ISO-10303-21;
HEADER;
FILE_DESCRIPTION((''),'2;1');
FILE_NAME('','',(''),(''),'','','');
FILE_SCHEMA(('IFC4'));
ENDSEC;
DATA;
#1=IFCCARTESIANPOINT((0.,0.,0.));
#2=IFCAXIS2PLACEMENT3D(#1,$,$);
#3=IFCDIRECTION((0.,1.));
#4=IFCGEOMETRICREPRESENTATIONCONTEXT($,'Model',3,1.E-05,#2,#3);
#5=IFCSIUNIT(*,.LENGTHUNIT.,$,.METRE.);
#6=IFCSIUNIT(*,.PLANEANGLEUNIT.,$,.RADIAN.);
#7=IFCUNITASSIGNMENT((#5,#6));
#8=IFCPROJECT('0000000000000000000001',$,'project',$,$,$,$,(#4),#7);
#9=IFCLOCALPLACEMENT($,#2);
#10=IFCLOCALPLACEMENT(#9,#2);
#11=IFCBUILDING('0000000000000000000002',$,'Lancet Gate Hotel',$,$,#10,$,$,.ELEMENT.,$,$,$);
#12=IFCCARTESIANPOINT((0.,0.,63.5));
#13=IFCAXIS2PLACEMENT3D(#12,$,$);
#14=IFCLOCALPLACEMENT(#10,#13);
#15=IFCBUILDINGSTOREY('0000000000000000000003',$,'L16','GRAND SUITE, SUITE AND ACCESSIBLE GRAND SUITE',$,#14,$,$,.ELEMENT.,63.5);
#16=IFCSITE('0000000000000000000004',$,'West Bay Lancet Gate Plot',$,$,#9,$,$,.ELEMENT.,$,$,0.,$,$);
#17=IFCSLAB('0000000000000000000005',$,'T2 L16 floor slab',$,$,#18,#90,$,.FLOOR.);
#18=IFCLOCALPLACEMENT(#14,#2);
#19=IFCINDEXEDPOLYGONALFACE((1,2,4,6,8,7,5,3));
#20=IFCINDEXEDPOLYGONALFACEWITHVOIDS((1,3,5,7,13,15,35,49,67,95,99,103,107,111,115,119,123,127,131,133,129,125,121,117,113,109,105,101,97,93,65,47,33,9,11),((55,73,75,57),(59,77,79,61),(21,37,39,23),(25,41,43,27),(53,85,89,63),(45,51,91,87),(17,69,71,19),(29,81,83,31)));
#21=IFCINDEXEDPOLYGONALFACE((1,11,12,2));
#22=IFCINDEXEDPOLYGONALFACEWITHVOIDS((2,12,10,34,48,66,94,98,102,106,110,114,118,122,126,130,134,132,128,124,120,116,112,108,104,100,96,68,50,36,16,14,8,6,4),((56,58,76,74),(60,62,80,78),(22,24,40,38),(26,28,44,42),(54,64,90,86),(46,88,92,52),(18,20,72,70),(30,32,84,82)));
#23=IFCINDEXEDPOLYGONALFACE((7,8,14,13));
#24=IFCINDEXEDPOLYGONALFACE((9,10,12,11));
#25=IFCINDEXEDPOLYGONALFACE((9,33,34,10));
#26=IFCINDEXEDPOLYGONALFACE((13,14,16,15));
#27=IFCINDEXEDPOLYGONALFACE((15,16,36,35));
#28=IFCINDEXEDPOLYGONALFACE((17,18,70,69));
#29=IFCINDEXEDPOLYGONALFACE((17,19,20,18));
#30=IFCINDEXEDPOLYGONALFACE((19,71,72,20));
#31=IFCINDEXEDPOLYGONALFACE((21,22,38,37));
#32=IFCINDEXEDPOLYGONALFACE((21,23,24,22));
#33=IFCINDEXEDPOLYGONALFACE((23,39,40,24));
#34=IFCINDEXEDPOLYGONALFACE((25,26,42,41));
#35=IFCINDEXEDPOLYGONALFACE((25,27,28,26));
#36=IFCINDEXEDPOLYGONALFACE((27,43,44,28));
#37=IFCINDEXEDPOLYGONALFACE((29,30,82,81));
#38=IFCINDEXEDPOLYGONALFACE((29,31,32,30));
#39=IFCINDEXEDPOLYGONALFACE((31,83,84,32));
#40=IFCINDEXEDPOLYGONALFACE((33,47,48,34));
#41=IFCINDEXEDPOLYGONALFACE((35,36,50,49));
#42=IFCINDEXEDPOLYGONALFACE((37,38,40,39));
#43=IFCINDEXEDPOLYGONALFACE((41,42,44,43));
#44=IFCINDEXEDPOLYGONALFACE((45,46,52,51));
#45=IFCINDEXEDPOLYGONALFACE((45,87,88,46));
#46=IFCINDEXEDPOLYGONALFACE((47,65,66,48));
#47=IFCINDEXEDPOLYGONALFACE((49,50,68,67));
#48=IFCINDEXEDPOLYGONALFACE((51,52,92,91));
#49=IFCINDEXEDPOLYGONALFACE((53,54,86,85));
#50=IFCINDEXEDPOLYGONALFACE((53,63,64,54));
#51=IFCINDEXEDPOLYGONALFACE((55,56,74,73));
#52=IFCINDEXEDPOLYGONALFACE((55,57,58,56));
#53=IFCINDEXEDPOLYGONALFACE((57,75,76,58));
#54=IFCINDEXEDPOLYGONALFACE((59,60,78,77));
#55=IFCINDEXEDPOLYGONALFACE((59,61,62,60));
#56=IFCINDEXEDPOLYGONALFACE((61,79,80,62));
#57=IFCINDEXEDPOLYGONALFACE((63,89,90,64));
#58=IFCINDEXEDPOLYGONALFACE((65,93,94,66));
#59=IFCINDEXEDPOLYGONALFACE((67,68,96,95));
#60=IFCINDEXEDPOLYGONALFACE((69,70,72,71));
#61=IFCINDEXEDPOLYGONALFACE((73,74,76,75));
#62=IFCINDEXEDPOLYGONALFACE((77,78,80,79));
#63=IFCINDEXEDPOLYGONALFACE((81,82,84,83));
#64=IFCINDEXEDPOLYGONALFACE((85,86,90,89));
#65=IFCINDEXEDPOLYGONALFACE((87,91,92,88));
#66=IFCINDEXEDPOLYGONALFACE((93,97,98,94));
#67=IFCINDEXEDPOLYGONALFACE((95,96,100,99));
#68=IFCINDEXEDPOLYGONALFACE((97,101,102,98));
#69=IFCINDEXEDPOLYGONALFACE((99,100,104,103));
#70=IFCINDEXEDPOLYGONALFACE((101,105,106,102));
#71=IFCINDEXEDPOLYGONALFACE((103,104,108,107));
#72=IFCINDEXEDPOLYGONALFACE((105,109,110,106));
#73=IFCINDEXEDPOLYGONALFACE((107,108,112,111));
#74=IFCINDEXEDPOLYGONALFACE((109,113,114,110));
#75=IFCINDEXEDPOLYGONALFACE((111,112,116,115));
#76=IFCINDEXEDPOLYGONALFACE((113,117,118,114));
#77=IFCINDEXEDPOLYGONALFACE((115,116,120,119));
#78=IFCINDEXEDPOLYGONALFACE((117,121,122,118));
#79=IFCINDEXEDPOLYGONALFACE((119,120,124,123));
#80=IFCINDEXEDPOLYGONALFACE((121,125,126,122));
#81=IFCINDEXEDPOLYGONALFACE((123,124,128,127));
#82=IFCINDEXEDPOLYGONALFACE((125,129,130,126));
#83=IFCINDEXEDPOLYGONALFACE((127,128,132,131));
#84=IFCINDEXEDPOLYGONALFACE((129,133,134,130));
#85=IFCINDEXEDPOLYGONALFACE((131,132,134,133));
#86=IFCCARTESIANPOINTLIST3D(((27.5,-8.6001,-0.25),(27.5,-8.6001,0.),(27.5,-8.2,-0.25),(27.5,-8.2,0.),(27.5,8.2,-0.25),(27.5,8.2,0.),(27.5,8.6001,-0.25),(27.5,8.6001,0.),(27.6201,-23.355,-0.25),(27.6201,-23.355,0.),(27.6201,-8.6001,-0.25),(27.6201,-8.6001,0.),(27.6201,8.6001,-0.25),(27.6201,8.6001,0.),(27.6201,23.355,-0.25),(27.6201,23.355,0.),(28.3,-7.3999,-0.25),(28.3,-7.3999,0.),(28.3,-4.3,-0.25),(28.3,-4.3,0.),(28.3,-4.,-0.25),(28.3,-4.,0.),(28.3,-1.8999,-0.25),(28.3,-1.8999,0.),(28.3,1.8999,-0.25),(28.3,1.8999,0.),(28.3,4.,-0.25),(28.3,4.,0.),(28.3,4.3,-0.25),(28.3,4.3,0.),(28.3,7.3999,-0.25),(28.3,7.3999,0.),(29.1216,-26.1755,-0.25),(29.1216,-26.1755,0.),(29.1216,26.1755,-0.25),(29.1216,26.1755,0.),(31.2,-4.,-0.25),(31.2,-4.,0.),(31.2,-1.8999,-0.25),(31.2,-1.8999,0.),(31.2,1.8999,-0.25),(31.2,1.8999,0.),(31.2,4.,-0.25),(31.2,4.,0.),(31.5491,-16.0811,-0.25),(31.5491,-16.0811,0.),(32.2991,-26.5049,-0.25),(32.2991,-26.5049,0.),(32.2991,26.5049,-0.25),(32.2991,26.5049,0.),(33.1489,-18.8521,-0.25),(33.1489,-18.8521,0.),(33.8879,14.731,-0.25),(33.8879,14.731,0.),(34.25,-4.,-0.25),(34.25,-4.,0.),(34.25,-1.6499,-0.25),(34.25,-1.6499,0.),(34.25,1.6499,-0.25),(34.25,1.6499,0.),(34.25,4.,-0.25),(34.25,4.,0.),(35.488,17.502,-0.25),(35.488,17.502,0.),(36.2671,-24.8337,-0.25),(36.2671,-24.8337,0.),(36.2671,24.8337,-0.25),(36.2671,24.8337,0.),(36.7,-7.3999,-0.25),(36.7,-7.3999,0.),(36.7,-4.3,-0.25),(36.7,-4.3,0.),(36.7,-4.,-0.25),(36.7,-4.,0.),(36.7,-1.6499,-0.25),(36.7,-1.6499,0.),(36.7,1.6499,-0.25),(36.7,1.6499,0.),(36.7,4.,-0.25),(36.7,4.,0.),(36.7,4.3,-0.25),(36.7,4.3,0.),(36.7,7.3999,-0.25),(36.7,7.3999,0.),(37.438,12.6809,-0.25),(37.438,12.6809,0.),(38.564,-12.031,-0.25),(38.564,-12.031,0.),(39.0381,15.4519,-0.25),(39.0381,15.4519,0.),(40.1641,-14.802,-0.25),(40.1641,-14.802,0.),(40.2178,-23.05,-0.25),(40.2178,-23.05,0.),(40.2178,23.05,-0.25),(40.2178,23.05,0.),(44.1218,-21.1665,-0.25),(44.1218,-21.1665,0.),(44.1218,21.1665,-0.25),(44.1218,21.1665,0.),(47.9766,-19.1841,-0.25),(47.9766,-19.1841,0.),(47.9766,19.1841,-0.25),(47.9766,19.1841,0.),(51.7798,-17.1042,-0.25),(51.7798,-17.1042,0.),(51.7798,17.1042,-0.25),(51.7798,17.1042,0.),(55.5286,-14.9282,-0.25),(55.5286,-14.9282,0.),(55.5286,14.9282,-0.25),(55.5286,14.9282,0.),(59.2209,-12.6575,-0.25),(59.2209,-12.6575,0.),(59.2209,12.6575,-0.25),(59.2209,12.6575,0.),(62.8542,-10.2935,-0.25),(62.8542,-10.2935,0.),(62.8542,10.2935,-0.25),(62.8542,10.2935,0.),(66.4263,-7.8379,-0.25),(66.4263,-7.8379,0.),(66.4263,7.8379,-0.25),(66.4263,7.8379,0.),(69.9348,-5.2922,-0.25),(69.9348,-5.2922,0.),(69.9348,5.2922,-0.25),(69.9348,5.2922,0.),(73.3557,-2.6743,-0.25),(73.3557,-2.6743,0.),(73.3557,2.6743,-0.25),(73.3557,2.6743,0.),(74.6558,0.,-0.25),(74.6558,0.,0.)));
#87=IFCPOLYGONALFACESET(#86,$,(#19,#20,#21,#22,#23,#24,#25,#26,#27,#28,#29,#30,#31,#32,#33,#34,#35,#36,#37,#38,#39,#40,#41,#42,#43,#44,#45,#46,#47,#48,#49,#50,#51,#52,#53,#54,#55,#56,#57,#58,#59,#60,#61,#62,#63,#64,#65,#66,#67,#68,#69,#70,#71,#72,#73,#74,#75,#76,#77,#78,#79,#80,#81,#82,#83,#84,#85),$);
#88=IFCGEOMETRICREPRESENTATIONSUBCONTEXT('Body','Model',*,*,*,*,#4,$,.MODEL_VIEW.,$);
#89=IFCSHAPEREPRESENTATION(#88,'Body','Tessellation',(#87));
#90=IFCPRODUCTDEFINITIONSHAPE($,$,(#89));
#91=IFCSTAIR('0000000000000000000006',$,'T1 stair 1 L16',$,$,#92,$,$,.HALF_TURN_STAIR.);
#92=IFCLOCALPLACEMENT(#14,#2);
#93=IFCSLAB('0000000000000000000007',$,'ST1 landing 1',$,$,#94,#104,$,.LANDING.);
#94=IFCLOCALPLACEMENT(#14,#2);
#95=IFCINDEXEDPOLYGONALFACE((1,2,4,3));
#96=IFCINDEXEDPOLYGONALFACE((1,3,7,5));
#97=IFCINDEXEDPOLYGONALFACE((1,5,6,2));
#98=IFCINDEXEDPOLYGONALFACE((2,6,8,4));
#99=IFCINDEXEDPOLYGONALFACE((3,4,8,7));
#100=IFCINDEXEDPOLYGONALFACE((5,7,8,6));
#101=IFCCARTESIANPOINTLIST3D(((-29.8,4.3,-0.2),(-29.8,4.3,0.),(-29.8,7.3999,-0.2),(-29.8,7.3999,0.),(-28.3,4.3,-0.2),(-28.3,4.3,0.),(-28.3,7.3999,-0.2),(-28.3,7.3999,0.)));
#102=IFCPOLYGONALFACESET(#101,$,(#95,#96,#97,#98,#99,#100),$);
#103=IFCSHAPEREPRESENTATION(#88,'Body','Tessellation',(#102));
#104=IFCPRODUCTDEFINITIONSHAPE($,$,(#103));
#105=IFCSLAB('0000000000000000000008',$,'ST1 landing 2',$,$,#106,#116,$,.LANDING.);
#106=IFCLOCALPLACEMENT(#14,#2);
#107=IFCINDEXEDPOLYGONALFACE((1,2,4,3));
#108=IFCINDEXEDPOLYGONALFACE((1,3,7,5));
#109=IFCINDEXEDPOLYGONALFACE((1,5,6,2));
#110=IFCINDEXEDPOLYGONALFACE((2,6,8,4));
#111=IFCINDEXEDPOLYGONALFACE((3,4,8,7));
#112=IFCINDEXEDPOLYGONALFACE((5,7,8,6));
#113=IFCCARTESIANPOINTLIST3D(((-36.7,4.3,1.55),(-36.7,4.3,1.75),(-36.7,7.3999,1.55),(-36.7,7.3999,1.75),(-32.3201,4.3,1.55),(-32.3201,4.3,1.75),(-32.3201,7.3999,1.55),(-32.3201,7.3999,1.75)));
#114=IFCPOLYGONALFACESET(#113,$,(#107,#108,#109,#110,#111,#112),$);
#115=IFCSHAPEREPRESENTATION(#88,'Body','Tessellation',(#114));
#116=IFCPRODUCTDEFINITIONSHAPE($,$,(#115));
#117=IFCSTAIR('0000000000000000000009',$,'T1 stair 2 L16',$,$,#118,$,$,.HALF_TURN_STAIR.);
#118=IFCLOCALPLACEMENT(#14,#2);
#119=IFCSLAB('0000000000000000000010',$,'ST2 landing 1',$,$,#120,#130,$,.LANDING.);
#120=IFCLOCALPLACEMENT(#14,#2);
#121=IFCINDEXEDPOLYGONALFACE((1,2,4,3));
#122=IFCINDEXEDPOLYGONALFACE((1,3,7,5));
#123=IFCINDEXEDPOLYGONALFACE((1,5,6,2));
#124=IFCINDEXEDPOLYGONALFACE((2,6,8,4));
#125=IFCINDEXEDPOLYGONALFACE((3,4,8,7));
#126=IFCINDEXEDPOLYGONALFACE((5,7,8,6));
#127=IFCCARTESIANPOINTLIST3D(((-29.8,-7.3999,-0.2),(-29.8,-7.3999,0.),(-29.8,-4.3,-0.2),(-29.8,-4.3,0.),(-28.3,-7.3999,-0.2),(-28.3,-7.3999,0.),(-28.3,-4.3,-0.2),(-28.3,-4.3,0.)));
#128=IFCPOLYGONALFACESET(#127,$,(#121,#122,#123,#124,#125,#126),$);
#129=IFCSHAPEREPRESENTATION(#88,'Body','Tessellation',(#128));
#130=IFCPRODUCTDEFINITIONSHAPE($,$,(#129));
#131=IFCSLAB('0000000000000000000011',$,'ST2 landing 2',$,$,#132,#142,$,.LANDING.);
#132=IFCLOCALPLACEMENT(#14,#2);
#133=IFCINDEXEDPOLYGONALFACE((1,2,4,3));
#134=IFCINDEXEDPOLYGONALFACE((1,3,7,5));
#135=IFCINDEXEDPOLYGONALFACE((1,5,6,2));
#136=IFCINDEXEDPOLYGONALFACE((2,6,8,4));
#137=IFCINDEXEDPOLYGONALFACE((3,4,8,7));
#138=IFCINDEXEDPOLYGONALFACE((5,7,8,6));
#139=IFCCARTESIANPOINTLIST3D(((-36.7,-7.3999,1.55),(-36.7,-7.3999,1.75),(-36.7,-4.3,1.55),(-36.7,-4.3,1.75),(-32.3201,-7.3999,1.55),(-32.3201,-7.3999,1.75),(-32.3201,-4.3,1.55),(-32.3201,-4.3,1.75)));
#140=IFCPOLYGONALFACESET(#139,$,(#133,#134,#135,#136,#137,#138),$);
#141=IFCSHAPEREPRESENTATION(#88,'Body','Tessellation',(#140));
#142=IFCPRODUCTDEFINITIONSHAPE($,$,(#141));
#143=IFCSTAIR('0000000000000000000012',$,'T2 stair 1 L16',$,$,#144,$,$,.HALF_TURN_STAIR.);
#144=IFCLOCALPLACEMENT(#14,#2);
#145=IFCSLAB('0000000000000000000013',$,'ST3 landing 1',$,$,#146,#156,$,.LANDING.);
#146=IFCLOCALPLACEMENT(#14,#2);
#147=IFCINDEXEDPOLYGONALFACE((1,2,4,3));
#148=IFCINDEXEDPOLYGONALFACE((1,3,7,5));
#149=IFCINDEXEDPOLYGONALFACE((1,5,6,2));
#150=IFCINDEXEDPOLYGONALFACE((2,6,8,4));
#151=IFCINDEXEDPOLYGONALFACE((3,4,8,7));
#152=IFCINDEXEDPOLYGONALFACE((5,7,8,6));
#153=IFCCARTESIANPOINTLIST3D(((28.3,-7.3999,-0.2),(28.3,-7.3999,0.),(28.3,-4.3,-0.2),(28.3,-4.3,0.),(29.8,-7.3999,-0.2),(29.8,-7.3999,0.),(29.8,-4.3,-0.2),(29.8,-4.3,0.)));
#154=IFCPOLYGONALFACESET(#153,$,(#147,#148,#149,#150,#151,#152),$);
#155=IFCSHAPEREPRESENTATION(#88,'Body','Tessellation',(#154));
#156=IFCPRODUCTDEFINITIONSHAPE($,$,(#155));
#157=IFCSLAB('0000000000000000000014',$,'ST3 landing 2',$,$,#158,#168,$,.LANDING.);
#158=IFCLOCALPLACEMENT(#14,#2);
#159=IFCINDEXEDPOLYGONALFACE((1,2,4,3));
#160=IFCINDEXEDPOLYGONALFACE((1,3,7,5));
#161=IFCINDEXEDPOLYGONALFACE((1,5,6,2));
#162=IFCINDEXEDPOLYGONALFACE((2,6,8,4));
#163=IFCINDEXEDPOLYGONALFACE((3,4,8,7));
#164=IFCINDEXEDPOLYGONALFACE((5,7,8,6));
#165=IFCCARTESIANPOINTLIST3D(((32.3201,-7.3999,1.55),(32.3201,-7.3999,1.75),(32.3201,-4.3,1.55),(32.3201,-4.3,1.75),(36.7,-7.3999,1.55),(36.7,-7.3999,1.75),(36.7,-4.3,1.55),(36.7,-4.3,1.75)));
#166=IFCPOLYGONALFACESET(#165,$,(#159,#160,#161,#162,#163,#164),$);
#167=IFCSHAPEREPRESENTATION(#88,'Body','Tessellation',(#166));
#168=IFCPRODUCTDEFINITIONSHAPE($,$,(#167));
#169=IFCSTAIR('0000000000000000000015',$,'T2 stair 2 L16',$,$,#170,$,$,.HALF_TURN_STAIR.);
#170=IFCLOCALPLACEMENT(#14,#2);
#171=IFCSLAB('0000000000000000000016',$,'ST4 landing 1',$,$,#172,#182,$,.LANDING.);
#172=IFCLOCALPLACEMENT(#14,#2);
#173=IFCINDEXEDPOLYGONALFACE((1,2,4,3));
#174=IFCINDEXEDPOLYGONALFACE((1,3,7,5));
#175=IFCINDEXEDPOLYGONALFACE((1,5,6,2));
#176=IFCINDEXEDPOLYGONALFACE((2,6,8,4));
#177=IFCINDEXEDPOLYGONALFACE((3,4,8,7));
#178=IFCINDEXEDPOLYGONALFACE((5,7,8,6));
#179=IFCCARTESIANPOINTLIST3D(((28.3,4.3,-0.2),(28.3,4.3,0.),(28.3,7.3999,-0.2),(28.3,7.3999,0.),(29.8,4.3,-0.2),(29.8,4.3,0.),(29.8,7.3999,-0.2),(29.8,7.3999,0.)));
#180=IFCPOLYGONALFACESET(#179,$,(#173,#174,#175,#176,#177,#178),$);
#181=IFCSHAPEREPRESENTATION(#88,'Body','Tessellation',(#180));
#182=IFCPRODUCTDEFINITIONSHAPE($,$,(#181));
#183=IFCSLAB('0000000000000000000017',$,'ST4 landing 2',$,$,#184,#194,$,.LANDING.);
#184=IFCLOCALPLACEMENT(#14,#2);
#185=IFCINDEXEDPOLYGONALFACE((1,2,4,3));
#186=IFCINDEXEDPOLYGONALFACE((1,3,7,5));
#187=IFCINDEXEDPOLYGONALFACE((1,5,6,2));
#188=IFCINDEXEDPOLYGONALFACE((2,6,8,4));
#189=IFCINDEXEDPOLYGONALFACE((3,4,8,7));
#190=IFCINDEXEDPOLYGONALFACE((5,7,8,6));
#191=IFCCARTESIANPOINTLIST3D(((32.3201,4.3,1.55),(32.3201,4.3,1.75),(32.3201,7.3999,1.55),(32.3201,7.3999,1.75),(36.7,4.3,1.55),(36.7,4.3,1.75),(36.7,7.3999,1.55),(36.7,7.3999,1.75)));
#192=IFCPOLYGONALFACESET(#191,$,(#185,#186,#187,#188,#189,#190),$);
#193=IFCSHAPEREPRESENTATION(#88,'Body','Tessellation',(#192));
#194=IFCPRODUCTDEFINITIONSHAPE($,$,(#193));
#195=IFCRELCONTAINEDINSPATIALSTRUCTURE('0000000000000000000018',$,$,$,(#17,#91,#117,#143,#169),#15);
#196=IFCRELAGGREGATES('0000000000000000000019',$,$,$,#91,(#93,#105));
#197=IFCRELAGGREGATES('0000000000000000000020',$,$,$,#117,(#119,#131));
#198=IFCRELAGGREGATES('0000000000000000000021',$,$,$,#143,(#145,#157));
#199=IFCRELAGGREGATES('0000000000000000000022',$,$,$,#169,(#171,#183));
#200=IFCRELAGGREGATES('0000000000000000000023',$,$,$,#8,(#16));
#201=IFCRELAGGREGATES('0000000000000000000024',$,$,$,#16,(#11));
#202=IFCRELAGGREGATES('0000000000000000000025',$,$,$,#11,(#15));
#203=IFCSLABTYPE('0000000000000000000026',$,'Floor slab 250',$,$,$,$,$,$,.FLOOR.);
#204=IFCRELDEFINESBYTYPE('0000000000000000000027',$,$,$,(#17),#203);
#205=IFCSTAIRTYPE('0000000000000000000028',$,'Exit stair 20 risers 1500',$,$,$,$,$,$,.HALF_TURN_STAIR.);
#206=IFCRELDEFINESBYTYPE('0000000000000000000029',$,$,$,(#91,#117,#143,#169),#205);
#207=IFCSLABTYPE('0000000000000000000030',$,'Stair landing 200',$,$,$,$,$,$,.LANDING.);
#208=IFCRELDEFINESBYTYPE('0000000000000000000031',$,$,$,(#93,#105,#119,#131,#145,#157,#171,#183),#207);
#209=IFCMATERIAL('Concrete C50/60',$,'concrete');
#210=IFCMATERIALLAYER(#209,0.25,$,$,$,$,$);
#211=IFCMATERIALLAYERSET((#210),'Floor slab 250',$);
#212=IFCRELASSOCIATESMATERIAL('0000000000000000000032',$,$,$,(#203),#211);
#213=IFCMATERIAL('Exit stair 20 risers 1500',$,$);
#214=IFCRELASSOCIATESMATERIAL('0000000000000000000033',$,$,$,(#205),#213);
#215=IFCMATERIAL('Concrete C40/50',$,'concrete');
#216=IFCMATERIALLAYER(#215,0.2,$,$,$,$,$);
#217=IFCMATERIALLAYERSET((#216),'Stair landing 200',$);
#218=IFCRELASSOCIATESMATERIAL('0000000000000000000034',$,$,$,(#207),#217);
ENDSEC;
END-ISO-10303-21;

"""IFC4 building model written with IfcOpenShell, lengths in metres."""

from ifc_helpers import new_model, si_unit, direction, frame, origin, place, context, subcontext, project, spatial, polyline, outline, extrude, material, layer, layer_set, type_object, element, aggregate, save


model = new_model("IFC4")

# Units and contexts
model_context = context("Model", 3, precision=1e-05, world=origin(), true_north=direction((0.0, 1.0)))
body_context = subcontext(model_context, "Body", "Model", "MODEL_VIEW")
ifc_project = project(units=[si_unit("LENGTHUNIT", "METRE"), si_unit("PLANEANGLEUNIT", "RADIAN")], contexts=[model_context])

# Site, building, storey
site_placement = place(None, origin())
site = spatial("IfcSite", under=ifc_project, at=site_placement, Name="West Bay Lancet Gate Plot", CompositionType="ELEMENT", RefElevation=0.0)
building_placement = place(site_placement, origin())
building = spatial("IfcBuilding", under=site, at=building_placement, Name="Lancet Gate Hotel", CompositionType="ELEMENT")
storey_placement = place(building_placement, frame((0.0, 0.0, 63.5)))
storey = spatial("IfcBuildingStorey", under=building, at=storey_placement, Name="L16", Description="GRAND SUITE, SUITE AND ACCESSIBLE GRAND SUITE", CompositionType="ELEMENT", Elevation=63.5)

# Slab
ifc_material_1 = material(Name="Concrete C50/60", Category="concrete")
ifc_layer_1 = layer(ifc_material_1, 0.25)
ifc_layer_set_1 = layer_set([ifc_layer_1], Name="Floor slab 250")
slab_type_1 = type_object("IfcSlabType", Name="Floor slab 250", PredefinedType="FLOOR", material=ifc_layer_set_1)
slab_1_placement = place(storey_placement, frame((0.0, 0.0, -0.25)))
element("IfcSlab", 1, at=slab_1_placement, inside=storey, type_object=slab_type_1, Name="T2 L16 floor slab", PredefinedType="FLOOR", context=body_context, shape_type="SweptSolid", body=[
    extrude(outline(polyline([(27.5, -8.6001), (27.6201, -8.6001), (27.6201, -23.355), (29.1216, -26.1755), (32.2991, -26.5049), (36.2671, -24.8337), (40.2178, -23.05), (44.1218, -21.1665), (47.9766, -19.1841), (51.7798, -17.1042), (55.5286, -14.9282), (59.2209, -12.6575), (62.8542, -10.2935), (66.4263, -7.8379), (69.9348, -5.2922), (73.3557, -2.6743), (74.6558, 0.0), (73.3557, 2.6743), (69.9348, 5.2922), (66.4263, 7.8379), (62.8542, 10.2935), (59.2209, 12.6575), (55.5286, 14.9282), (51.7798, 17.1042), (47.9766, 19.1841), (44.1218, 21.1665), (40.2178, 23.05), (36.2671, 24.8337), (32.2991, 26.5049), (29.1216, 26.1755), (27.6201, 23.355), (27.6201, 8.6001), (27.5, 8.6001), (27.5, 8.2), (27.5, -8.2), (27.5, -8.6001)]), holes=[polyline([(36.7, -7.3999), (36.7, -4.3), (28.3, -4.3), (28.3, -7.3999), (36.7, -7.3999)]), polyline([(28.3, -4.0), (31.2, -4.0), (31.2, -1.8999), (28.3, -1.8999), (28.3, -4.0)]), polyline([(34.25, -4.0), (36.7, -4.0), (36.7, -1.6499), (34.25, -1.6499), (34.25, -4.0)]), polyline([(36.7, 1.6499), (36.7, 4.0), (34.25, 4.0), (34.25, 1.6499), (36.7, 1.6499)]), polyline([(28.3, 1.8999), (31.2, 1.8999), (31.2, 4.0), (28.3, 4.0), (28.3, 1.8999)]), polyline([(28.3, 4.3), (36.7, 4.3), (36.7, 7.3999), (28.3, 7.3999), (28.3, 4.3)]), polyline([(31.5491, -16.0811), (33.1489, -18.8521), (40.1641, -14.802), (38.564, -12.031), (31.5491, -16.0811)]), polyline([(33.8879, 14.731), (37.438, 12.6809), (39.0381, 15.4519), (35.488, 17.502), (33.8879, 14.731)])]), origin(), (0.0, 0.0, 1.0), 0.25),
])

# Stairs, slabs
ifc_material_2 = material(Name="Exit stair 20 risers 1500")
stair_type = type_object("IfcStairType", Name="Exit stair 20 risers 1500", PredefinedType="HALF_TURN_STAIR", material=ifc_material_2)
stair_1_placement = place(storey_placement, origin())
stair_1 = element("IfcStair", 2, at=stair_1_placement, inside=storey, type_object=stair_type, Name="T1 stair 1 L16", PredefinedType="HALF_TURN_STAIR")
ifc_material_3 = material(Name="Concrete C40/50", Category="concrete")
ifc_layer_2 = layer(ifc_material_3, 0.2)
ifc_layer_set_2 = layer_set([ifc_layer_2], Name="Stair landing 200")
slab_type_2 = type_object("IfcSlabType", Name="Stair landing 200", PredefinedType="LANDING", material=ifc_layer_set_2)
slab_2_placement = place(storey_placement, frame((0.0, 0.0, -0.2)))
slab_2 = element("IfcSlab", 3, at=slab_2_placement, type_object=slab_type_2, Name="ST1 landing 1", PredefinedType="LANDING", context=body_context, shape_type="SweptSolid", body=[
    extrude(outline(polyline([(-28.3, 7.3999), (-29.8, 7.3999), (-29.8, 4.3), (-28.3, 4.3), (-28.3, 7.3999)])), origin(), (0.0, 0.0, 1.0), 0.2),
])
slab_3_placement = place(storey_placement, frame((0.0, 0.0, 1.55)))
slab_3 = element("IfcSlab", 4, at=slab_3_placement, type_object=slab_type_2, Name="ST1 landing 2", PredefinedType="LANDING", context=body_context, shape_type="SweptSolid", body=[
    extrude(outline(polyline([(-32.3201, 7.3999), (-36.7, 7.3999), (-36.7, 4.3), (-32.3201, 4.3), (-32.3201, 7.3999)])), origin(), (0.0, 0.0, 1.0), 0.2),
])
aggregate(stair_1, [slab_2, slab_3])
stair_2_placement = place(storey_placement, origin())
stair_2 = element("IfcStair", 5, at=stair_2_placement, inside=storey, type_object=stair_type, Name="T1 stair 2 L16", PredefinedType="HALF_TURN_STAIR")
slab_4_placement = place(storey_placement, frame((0.0, 0.0, -0.2)))
slab_4 = element("IfcSlab", 6, at=slab_4_placement, type_object=slab_type_2, Name="ST2 landing 1", PredefinedType="LANDING", context=body_context, shape_type="SweptSolid", body=[
    extrude(outline(polyline([(-28.3, -4.3), (-29.8, -4.3), (-29.8, -7.3999), (-28.3, -7.3999), (-28.3, -4.3)])), origin(), (0.0, 0.0, 1.0), 0.2),
])
slab_5_placement = place(storey_placement, frame((0.0, 0.0, 1.55)))
slab_5 = element("IfcSlab", 7, at=slab_5_placement, type_object=slab_type_2, Name="ST2 landing 2", PredefinedType="LANDING", context=body_context, shape_type="SweptSolid", body=[
    extrude(outline(polyline([(-32.3201, -4.3), (-36.7, -4.3), (-36.7, -7.3999), (-32.3201, -7.3999), (-32.3201, -4.3)])), origin(), (0.0, 0.0, 1.0), 0.2),
])
aggregate(stair_2, [slab_4, slab_5])
stair_3_placement = place(storey_placement, origin())
stair_3 = element("IfcStair", 8, at=stair_3_placement, inside=storey, type_object=stair_type, Name="T2 stair 1 L16", PredefinedType="HALF_TURN_STAIR")
slab_6_placement = place(storey_placement, frame((0.0, 0.0, -0.2)))
slab_6 = element("IfcSlab", 9, at=slab_6_placement, type_object=slab_type_2, Name="ST3 landing 1", PredefinedType="LANDING", context=body_context, shape_type="SweptSolid", body=[
    extrude(outline(polyline([(28.3, -7.3999), (29.8, -7.3999), (29.8, -4.3), (28.3, -4.3), (28.3, -7.3999)])), origin(), (0.0, 0.0, 1.0), 0.2),
])
slab_7_placement = place(storey_placement, frame((0.0, 0.0, 1.55)))
slab_7 = element("IfcSlab", 10, at=slab_7_placement, type_object=slab_type_2, Name="ST3 landing 2", PredefinedType="LANDING", context=body_context, shape_type="SweptSolid", body=[
    extrude(outline(polyline([(32.3201, -7.3999), (36.7, -7.3999), (36.7, -4.3), (32.3201, -4.3), (32.3201, -7.3999)])), origin(), (0.0, 0.0, 1.0), 0.2),
])
aggregate(stair_3, [slab_6, slab_7])
stair_4_placement = place(storey_placement, origin())
stair_4 = element("IfcStair", 11, at=stair_4_placement, inside=storey, type_object=stair_type, Name="T2 stair 2 L16", PredefinedType="HALF_TURN_STAIR")
slab_8_placement = place(storey_placement, frame((0.0, 0.0, -0.2)))
slab_8 = element("IfcSlab", 12, at=slab_8_placement, type_object=slab_type_2, Name="ST4 landing 1", PredefinedType="LANDING", context=body_context, shape_type="SweptSolid", body=[
    extrude(outline(polyline([(28.3, 4.3), (29.8, 4.3), (29.8, 7.3999), (28.3, 7.3999), (28.3, 4.3)])), origin(), (0.0, 0.0, 1.0), 0.2),
])
slab_9_placement = place(storey_placement, frame((0.0, 0.0, 1.55)))
slab_9 = element("IfcSlab", 13, at=slab_9_placement, type_object=slab_type_2, Name="ST4 landing 2", PredefinedType="LANDING", context=body_context, shape_type="SweptSolid", body=[
    extrude(outline(polyline([(32.3201, 4.3), (36.7, 4.3), (36.7, 7.3999), (32.3201, 7.3999), (32.3201, 4.3)])), origin(), (0.0, 0.0, 1.0), 0.2),
])
aggregate(stair_4, [slab_8, slab_9])

save(model, "model.ifc")
